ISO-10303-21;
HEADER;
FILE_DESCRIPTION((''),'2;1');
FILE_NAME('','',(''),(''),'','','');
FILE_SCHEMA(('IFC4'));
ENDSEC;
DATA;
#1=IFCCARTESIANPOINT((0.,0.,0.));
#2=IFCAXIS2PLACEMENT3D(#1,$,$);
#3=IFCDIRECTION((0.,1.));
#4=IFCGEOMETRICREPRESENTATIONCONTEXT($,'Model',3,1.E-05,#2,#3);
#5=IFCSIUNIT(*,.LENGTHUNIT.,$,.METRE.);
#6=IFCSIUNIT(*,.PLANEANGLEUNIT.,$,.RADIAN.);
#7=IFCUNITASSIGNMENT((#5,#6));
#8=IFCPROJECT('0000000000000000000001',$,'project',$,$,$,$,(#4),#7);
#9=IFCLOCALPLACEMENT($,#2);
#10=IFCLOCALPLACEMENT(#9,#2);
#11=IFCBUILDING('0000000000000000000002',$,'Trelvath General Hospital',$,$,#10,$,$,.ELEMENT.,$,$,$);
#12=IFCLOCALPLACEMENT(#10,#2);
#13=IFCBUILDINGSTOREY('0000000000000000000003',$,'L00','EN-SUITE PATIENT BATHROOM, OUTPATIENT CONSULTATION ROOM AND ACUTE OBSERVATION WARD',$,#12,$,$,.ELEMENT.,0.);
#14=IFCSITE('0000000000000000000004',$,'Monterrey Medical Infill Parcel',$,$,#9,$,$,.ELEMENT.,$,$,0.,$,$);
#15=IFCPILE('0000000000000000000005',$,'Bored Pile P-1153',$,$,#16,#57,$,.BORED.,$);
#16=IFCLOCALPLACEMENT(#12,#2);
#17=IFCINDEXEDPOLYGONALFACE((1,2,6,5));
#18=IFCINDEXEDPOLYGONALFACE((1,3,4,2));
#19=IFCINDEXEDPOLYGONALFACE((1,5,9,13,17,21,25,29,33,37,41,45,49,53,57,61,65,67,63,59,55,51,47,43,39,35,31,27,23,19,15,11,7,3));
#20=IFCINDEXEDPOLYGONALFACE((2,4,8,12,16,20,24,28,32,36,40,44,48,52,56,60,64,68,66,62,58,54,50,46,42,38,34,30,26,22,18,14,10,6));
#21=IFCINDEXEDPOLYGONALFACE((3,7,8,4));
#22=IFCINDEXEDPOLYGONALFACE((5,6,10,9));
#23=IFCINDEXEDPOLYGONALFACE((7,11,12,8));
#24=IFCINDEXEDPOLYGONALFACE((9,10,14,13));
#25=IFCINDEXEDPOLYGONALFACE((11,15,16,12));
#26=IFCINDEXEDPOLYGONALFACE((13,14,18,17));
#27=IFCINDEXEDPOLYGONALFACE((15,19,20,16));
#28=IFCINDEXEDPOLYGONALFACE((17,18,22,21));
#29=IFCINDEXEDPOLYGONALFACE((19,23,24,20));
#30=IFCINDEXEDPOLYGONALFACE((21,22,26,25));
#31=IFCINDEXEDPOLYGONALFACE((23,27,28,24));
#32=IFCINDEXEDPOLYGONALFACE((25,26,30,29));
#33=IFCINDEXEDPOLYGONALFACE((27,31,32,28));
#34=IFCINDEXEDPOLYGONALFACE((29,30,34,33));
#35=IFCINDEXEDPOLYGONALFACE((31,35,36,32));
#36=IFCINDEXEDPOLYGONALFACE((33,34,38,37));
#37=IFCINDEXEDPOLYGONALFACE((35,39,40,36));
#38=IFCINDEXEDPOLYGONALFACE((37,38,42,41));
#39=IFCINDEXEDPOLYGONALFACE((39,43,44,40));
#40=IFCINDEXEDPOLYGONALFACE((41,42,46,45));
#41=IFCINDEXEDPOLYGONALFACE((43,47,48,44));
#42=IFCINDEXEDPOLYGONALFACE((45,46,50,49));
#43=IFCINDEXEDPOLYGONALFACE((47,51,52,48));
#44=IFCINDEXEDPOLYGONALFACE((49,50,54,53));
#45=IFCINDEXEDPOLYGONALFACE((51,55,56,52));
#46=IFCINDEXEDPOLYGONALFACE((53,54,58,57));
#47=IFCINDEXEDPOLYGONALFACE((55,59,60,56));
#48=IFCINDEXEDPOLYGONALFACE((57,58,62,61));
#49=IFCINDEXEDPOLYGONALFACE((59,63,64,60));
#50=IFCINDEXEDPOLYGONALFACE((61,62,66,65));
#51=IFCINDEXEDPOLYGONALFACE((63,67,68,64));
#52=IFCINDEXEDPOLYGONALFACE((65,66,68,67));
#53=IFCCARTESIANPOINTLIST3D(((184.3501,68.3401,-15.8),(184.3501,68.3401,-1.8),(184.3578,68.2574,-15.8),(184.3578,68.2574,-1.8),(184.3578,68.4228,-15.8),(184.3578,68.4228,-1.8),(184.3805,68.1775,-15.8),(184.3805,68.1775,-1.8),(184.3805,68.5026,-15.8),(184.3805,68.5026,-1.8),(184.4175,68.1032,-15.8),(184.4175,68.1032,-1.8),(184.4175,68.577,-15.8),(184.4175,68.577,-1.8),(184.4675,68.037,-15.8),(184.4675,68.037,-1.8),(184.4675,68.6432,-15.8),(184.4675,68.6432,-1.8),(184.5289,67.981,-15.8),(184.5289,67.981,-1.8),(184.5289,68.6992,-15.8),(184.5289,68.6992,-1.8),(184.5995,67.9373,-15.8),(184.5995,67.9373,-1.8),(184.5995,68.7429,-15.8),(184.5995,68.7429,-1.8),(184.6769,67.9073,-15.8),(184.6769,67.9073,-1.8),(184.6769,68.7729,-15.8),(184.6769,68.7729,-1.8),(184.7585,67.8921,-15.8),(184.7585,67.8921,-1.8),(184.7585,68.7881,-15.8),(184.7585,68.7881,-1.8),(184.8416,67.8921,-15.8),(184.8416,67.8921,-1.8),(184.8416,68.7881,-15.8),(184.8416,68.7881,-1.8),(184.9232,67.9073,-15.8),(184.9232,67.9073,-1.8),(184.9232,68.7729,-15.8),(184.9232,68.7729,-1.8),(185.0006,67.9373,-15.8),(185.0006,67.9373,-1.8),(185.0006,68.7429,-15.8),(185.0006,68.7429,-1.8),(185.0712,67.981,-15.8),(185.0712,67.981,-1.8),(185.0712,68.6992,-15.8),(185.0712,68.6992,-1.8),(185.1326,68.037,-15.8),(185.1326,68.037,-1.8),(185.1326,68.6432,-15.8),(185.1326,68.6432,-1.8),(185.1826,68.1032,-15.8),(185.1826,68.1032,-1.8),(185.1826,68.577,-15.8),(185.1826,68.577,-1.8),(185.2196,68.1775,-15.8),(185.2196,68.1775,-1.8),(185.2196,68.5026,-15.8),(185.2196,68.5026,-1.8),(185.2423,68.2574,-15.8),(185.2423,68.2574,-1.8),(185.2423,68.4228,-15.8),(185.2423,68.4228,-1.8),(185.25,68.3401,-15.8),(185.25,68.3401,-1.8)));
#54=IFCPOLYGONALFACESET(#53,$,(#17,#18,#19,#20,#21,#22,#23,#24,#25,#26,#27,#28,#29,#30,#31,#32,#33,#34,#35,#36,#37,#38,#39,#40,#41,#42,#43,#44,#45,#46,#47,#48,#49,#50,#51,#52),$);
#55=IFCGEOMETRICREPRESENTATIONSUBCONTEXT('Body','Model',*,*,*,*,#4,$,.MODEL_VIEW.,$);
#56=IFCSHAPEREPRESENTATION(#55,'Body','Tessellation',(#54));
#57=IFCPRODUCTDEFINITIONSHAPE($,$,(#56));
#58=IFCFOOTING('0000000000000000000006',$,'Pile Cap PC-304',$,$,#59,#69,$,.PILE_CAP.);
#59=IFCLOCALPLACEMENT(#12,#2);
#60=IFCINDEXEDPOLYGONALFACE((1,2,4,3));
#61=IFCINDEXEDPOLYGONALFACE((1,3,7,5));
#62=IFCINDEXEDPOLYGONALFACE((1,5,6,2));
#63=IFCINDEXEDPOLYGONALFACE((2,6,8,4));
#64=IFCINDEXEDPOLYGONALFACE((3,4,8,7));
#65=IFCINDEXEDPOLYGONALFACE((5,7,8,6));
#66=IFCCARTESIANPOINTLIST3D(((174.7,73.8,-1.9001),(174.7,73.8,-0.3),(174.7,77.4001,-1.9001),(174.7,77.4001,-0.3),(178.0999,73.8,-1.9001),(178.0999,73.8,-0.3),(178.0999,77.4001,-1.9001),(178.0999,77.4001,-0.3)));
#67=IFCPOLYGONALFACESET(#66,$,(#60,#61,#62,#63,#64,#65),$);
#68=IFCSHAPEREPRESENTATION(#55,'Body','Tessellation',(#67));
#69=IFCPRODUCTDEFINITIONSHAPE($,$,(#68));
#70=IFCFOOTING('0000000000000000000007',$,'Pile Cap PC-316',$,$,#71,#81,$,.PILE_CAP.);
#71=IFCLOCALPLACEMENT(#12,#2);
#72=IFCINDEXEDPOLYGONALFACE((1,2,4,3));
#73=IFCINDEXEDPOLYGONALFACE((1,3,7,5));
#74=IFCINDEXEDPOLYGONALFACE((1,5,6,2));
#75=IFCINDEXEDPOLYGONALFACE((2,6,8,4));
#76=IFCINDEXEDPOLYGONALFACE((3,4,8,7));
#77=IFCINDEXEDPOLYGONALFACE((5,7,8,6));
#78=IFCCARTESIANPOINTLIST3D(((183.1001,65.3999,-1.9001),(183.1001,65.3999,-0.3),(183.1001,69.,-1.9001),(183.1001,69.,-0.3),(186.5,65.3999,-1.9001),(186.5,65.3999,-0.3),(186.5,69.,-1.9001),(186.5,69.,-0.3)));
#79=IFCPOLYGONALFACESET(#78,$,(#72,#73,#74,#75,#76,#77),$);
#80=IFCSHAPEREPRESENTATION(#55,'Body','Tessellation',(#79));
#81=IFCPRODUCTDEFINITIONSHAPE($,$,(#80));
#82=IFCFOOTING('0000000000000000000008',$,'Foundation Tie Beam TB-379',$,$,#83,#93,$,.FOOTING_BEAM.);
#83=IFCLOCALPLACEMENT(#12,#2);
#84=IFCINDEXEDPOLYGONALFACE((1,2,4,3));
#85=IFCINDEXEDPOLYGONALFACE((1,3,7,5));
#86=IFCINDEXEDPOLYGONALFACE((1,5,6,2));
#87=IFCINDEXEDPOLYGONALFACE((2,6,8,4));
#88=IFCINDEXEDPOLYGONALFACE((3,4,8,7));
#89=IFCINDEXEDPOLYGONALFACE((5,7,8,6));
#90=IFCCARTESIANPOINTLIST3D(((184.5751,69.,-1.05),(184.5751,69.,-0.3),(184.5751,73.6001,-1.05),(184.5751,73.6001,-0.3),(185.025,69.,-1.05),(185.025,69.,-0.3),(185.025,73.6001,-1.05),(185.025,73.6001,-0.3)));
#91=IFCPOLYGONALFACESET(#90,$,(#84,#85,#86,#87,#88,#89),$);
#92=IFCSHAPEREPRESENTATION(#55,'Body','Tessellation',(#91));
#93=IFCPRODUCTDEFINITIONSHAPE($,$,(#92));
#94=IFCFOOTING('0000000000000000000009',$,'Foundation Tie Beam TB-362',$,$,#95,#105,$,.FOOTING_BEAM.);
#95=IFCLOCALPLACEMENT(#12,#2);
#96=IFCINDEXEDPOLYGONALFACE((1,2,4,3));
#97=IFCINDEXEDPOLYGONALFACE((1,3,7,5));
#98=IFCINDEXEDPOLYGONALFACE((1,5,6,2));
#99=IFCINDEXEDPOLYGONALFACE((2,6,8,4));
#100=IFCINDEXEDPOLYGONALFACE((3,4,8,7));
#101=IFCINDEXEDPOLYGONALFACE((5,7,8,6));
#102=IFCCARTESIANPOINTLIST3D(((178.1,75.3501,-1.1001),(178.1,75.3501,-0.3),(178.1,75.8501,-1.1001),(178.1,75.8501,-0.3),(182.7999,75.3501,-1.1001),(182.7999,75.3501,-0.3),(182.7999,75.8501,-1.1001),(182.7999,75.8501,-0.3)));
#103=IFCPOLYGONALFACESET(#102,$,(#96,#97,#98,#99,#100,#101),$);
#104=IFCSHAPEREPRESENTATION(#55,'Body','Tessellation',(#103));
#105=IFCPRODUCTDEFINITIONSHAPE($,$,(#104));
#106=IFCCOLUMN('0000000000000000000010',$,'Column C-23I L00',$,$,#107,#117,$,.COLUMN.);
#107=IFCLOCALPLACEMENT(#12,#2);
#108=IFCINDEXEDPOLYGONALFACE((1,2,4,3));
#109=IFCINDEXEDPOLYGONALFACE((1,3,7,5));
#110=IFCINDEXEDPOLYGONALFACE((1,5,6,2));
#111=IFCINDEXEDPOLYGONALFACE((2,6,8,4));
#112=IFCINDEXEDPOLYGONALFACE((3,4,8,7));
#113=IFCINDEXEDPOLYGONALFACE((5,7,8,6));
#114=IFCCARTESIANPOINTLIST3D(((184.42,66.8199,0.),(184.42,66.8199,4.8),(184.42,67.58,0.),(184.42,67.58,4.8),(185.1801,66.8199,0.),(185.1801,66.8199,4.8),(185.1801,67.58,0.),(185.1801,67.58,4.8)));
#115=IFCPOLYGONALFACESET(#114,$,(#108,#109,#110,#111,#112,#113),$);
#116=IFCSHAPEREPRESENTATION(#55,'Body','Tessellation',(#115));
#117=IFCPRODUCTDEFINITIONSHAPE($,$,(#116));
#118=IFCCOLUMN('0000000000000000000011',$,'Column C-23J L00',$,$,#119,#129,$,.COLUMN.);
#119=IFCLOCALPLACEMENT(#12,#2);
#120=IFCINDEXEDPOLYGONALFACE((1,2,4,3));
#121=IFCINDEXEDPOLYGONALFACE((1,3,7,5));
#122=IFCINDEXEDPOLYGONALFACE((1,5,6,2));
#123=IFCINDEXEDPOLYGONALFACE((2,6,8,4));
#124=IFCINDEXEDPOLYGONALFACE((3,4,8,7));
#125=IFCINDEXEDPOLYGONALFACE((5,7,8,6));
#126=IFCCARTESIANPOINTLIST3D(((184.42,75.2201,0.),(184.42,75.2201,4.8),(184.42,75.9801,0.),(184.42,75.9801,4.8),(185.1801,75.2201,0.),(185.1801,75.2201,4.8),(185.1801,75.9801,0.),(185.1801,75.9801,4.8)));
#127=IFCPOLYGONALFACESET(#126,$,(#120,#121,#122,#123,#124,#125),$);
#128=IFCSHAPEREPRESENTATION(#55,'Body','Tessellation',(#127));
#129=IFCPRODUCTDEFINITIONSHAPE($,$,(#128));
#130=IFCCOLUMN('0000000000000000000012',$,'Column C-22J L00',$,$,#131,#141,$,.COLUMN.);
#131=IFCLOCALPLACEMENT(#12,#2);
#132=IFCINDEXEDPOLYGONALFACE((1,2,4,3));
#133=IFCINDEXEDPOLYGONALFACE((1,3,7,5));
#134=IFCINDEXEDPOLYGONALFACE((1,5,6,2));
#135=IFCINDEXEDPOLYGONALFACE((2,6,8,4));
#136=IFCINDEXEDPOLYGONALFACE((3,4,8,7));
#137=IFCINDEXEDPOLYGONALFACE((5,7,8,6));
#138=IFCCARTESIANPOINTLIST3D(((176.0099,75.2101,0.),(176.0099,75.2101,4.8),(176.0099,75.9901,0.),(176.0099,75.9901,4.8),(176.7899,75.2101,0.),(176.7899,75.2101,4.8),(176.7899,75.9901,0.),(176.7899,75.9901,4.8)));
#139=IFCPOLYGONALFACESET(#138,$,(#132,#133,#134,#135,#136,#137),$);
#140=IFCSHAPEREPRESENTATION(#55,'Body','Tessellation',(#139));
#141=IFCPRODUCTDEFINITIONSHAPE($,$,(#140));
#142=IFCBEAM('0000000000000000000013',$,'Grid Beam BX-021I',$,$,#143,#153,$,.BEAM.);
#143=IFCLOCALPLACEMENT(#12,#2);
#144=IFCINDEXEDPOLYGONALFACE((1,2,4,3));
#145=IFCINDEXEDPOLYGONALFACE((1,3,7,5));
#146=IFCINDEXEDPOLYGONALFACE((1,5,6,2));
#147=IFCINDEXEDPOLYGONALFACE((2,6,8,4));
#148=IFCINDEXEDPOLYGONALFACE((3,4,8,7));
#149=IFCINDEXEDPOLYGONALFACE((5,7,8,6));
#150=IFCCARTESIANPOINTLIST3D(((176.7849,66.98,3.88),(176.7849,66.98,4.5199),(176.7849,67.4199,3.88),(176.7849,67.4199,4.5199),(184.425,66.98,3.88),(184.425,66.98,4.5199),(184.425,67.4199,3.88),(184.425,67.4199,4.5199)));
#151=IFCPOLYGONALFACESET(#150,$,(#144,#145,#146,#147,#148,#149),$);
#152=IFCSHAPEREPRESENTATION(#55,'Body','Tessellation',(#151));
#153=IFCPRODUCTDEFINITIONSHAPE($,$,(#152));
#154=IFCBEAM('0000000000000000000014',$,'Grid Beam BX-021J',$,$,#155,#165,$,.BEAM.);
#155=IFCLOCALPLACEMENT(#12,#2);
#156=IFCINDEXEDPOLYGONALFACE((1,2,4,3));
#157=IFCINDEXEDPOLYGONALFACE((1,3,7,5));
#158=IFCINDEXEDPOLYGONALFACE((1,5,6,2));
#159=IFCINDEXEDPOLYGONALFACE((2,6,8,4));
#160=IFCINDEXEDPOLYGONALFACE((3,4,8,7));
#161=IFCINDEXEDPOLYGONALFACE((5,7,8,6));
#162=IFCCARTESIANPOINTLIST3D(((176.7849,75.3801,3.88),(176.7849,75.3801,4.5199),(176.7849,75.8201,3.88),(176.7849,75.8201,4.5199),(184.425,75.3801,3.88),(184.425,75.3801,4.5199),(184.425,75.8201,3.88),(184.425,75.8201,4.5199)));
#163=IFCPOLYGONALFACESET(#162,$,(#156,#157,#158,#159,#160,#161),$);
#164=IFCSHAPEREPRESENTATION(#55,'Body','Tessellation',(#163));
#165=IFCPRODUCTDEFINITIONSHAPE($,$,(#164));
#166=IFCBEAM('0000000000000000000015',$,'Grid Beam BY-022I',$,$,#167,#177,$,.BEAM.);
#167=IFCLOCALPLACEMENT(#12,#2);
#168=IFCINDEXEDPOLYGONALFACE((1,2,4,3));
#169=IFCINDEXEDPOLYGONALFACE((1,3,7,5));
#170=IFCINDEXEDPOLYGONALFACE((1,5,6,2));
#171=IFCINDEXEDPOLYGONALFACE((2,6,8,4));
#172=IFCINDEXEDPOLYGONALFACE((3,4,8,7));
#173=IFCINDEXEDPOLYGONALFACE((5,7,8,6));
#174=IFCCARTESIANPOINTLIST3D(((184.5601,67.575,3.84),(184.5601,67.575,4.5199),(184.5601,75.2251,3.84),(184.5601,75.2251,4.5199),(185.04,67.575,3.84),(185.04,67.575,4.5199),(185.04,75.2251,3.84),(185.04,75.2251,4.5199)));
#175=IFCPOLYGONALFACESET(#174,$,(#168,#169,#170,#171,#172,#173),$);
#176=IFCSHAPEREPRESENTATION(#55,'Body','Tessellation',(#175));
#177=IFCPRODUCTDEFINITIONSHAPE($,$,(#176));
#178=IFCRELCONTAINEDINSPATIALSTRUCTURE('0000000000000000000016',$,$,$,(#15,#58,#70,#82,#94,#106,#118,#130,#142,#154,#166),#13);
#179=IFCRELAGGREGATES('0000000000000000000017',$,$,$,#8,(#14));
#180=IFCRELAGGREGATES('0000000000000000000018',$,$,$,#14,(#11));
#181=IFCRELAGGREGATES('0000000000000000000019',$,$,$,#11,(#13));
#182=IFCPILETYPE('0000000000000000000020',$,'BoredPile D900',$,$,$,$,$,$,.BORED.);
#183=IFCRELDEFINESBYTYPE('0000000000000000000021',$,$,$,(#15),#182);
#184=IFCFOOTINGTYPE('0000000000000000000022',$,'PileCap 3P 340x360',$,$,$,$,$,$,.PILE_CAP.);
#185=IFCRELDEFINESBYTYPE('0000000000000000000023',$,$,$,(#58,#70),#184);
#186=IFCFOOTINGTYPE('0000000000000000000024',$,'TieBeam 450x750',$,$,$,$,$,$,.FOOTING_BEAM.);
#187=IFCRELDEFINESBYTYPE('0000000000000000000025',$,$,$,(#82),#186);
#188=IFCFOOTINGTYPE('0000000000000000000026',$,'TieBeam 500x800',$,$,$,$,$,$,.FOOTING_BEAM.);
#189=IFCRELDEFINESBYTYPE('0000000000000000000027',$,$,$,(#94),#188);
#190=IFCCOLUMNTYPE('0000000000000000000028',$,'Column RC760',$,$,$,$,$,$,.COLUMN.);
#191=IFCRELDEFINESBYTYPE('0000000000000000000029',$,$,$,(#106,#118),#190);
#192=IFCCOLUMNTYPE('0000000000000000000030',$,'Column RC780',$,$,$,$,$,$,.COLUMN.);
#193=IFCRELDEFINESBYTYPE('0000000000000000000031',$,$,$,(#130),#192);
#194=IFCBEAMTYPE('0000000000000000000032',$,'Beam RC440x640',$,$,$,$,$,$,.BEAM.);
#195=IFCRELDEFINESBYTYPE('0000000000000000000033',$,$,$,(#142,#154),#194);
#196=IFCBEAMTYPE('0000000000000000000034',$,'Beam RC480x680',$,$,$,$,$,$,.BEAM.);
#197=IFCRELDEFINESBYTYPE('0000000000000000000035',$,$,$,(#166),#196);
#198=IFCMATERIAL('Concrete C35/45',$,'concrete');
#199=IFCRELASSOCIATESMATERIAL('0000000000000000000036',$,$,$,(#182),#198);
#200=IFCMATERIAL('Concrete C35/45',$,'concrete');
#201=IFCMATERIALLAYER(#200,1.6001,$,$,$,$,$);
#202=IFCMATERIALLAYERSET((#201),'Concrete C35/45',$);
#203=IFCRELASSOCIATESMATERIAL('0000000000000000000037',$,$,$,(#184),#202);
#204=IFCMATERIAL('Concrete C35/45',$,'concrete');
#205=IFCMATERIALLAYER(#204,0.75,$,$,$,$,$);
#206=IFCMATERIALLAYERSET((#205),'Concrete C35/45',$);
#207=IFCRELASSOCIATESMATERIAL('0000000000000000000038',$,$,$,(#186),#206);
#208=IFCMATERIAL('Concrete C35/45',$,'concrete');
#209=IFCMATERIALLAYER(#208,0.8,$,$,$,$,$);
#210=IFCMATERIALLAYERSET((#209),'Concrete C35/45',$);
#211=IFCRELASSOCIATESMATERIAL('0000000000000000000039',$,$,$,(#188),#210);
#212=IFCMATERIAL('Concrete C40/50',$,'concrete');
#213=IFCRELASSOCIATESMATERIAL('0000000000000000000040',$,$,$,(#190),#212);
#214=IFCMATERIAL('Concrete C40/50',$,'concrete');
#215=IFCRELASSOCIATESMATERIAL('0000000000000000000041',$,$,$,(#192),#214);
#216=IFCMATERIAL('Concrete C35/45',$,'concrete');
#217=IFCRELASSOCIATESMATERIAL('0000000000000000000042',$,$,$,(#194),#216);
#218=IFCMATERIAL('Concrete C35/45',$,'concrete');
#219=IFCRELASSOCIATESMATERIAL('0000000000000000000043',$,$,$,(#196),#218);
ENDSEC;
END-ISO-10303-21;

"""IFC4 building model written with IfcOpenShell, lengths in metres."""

from ifc_helpers import new_model, si_unit, direction, frame, origin, origin_2d, place, context, subcontext, project, spatial, rectangle, circle, extrude, material, layer, layer_set, material_profile, profile_set, type_object, element, save


model = new_model("IFC4")

# Units and contexts
model_context = context("Model", 3, precision=1e-05, world=origin(), true_north=direction((0.0, 1.0)))
body_context = subcontext(model_context, "Body", "Model", "MODEL_VIEW")
ifc_project = project(units=[si_unit("LENGTHUNIT", "METRE"), si_unit("PLANEANGLEUNIT", "RADIAN")], contexts=[model_context])

# Site, building, storey
site_placement = place(None, origin())
site = spatial("IfcSite", under=ifc_project, at=site_placement, Name="Monterrey Medical Infill Parcel", CompositionType="ELEMENT", RefElevation=0.0)
building_placement = place(site_placement, origin())
building = spatial("IfcBuilding", under=site, at=building_placement, Name="Trelvath General Hospital", CompositionType="ELEMENT")
storey_placement = place(building_placement, origin())
storey = spatial("IfcBuildingStorey", under=building, at=storey_placement, Name="L00", Description="EN-SUITE PATIENT BATHROOM, OUTPATIENT CONSULTATION ROOM AND ACUTE OBSERVATION WARD", CompositionType="ELEMENT", Elevation=0.0)

# Pile
ifc_material_1 = material(Name="Concrete C35/45", Category="concrete")
ifc_material_profile_1 = material_profile(ifc_material_1, circle(Radius=0.45, at=origin_2d()), Name="PILE900")
ifc_profile_set_1 = profile_set([ifc_material_profile_1], Name="Concrete C35/45")
pile_type_1 = type_object("IfcPileType", Name="BoredPile D900", PredefinedType="BORED", material=ifc_profile_set_1)
for number, where, z_axis, x_axis, name in (
    (1, (184.8, 68.3401, -1.8), (0.0, 0.0, -1.0), (1.0, 0.0, 0.0), "Bored Pile P-1153"),
):
    element("IfcPile", number, at=place(storey_placement, frame(where, z_axis=z_axis, x_axis=x_axis)), inside=storey, type_object=pile_type_1, Name=name, PredefinedType="BORED", context=body_context, shape_type="SweptSolid", body=[
        extrude(circle(Radius=0.45, at=origin_2d()), origin(), (0.0, 0.0, 1.0), 14.0),
    ])

# Footings
ifc_material_2 = material(Name="Concrete C35/45", Category="concrete")
ifc_layer_1 = layer(ifc_material_2, 1.6001)
ifc_layer_set_1 = layer_set([ifc_layer_1], Name="Concrete C35/45")
footing_type_1 = type_object("IfcFootingType", Name="PileCap 3P 340x360", PredefinedType="PILE_CAP", material=ifc_layer_set_1)
for number, where, z_axis, x_axis, name in (
    (2, (176.3999, 75.6001, -1.9001), (0.0, 0.0, 1.0), (1.0, 0.0, 0.0), "Pile Cap PC-304"),
    (3, (184.8, 67.2, -1.9001), (0.0, 0.0, 1.0), (1.0, 0.0, 0.0), "Pile Cap PC-316"),
):
    element("IfcFooting", number, at=place(storey_placement, frame(where, z_axis=z_axis, x_axis=x_axis)), inside=storey, type_object=footing_type_1, Name=name, PredefinedType="PILE_CAP", context=body_context, shape_type="SweptSolid", body=[
        extrude(rectangle(XDim=3.3999, YDim=3.6001, at=origin_2d()), origin(), (0.0, 0.0, 1.0), 1.6001),
    ])
ifc_material_3 = material(Name="Concrete C35/45", Category="concrete")
ifc_layer_2 = layer(ifc_material_3, 0.75)
ifc_layer_set_2 = layer_set([ifc_layer_2], Name="Concrete C35/45")
footing_type_2 = type_object("IfcFootingType", Name="TieBeam 450x750", PredefinedType="FOOTING_BEAM", material=ifc_layer_set_2)
footing_1_placement = place(storey_placement, frame((184.8, 71.3, -1.05), z_axis=(0.0, 0.0, 1.0), x_axis=(1.0, 0.0, 0.0)))
element("IfcFooting", 4, at=footing_1_placement, inside=storey, type_object=footing_type_2, Name="Foundation Tie Beam TB-379", PredefinedType="FOOTING_BEAM", context=body_context, shape_type="SweptSolid", body=[
    extrude(rectangle(XDim=0.45, YDim=4.6001, at=origin_2d()), origin(), (0.0, 0.0, 1.0), 0.75),
])
ifc_material_4 = material(Name="Concrete C35/45", Category="concrete")
ifc_layer_3 = layer(ifc_material_4, 0.8)
ifc_layer_set_3 = layer_set([ifc_layer_3], Name="Concrete C35/45")
footing_type_3 = type_object("IfcFootingType", Name="TieBeam 500x800", PredefinedType="FOOTING_BEAM", material=ifc_layer_set_3)
footing_2_placement = place(storey_placement, frame((180.45, 75.6001, -1.1001), z_axis=(0.0, 0.0, 1.0), x_axis=(1.0, 0.0, 0.0)))
element("IfcFooting", 5, at=footing_2_placement, inside=storey, type_object=footing_type_3, Name="Foundation Tie Beam TB-362", PredefinedType="FOOTING_BEAM", context=body_context, shape_type="SweptSolid", body=[
    extrude(rectangle(XDim=4.7, YDim=0.5, at=origin_2d()), origin(), (0.0, 0.0, 1.0), 0.8),
])

# Columns
ifc_material_5 = material(Name="Concrete C40/50", Category="concrete")
ifc_material_profile_2 = material_profile(ifc_material_5, rectangle(XDim=0.76, YDim=0.76, at=origin_2d()), Name="RC760x760")
ifc_profile_set_2 = profile_set([ifc_material_profile_2], Name="Concrete C40/50")
column_type_1 = type_object("IfcColumnType", Name="Column RC760", PredefinedType="COLUMN", material=ifc_profile_set_2)
for number, where, z_axis, x_axis, name in (
    (6, (184.8, 67.2, 0.0), (0.0, 0.0, 1.0), (1.0, 0.0, 0.0), "Column C-23I L00"),
    (7, (184.8, 75.6001, 0.0), (0.0, 0.0, 1.0), (1.0, 0.0, 0.0), "Column C-23J L00"),
):
    element("IfcColumn", number, at=place(storey_placement, frame(where, z_axis=z_axis, x_axis=x_axis)), inside=storey, type_object=column_type_1, Name=name, PredefinedType="COLUMN", context=body_context, shape_type="SweptSolid", body=[
        extrude(rectangle(XDim=0.76, YDim=0.76, at=origin_2d()), origin(), (0.0, 0.0, 1.0), 4.8),
    ])
ifc_material_6 = material(Name="Concrete C40/50", Category="concrete")
ifc_material_profile_3 = material_profile(ifc_material_6, rectangle(XDim=0.78, YDim=0.78, at=origin_2d()), Name="RC780x780")
ifc_profile_set_3 = profile_set([ifc_material_profile_3], Name="Concrete C40/50")
column_type_2 = type_object("IfcColumnType", Name="Column RC780", PredefinedType="COLUMN", material=ifc_profile_set_3)
column_placement = place(storey_placement, frame((176.3999, 75.6001, 0.0), z_axis=(0.0, 0.0, 1.0), x_axis=(1.0, 0.0, 0.0)))
element("IfcColumn", 8, at=column_placement, inside=storey, type_object=column_type_2, Name="Column C-22J L00", PredefinedType="COLUMN", context=body_context, shape_type="SweptSolid", body=[
    extrude(rectangle(XDim=0.78, YDim=0.78, at=origin_2d()), origin(), (0.0, 0.0, 1.0), 4.8),
])

# Beams
ifc_material_7 = material(Name="Concrete C35/45", Category="concrete")
ifc_material_profile_4 = material_profile(ifc_material_7, rectangle(XDim=0.4399, YDim=0.6399, at=origin_2d()), Name="RCB440x640")
ifc_profile_set_4 = profile_set([ifc_material_profile_4], Name="Concrete C35/45")
beam_type_1 = type_object("IfcBeamType", Name="Beam RC440x640", PredefinedType="BEAM", material=ifc_profile_set_4)
for number, where, z_axis, x_axis, name in (
    (9, (176.7849, 67.2, 4.2), (1.0, 0.0, 0.0), (0.0, 1.0, 0.0), "Grid Beam BX-021I"),
    (10, (176.7849, 75.6001, 4.2), (1.0, 0.0, 0.0), (0.0, 1.0, 0.0), "Grid Beam BX-021J"),
):
    element("IfcBeam", number, at=place(storey_placement, frame(where, z_axis=z_axis, x_axis=x_axis)), inside=storey, type_object=beam_type_1, Name=name, PredefinedType="BEAM", context=body_context, shape_type="SweptSolid", body=[
        extrude(rectangle(XDim=0.4399, YDim=0.6399, at=origin_2d()), origin(), (0.0, 0.0, 1.0), 7.6401),
    ])
ifc_material_8 = material(Name="Concrete C35/45", Category="concrete")
ifc_material_profile_5 = material_profile(ifc_material_8, rectangle(XDim=0.48, YDim=0.6799, at=origin_2d()), Name="RCB480x680")
ifc_profile_set_5 = profile_set([ifc_material_profile_5], Name="Concrete C35/45")
beam_type_2 = type_object("IfcBeamType", Name="Beam RC480x680", PredefinedType="BEAM", material=ifc_profile_set_5)
beam_placement = place(storey_placement, frame((184.8, 67.575, 4.1799), z_axis=(0.0, 1.0, 0.0), x_axis=(-1.0, 0.0, 0.0)))
element("IfcBeam", 11, at=beam_placement, inside=storey, type_object=beam_type_2, Name="Grid Beam BY-022I", PredefinedType="BEAM", context=body_context, shape_type="SweptSolid", body=[
    extrude(rectangle(XDim=0.48, YDim=0.6799, at=origin_2d()), origin(), (0.0, 0.0, 1.0), 7.6501),
])

save(model, "model.ifc")
